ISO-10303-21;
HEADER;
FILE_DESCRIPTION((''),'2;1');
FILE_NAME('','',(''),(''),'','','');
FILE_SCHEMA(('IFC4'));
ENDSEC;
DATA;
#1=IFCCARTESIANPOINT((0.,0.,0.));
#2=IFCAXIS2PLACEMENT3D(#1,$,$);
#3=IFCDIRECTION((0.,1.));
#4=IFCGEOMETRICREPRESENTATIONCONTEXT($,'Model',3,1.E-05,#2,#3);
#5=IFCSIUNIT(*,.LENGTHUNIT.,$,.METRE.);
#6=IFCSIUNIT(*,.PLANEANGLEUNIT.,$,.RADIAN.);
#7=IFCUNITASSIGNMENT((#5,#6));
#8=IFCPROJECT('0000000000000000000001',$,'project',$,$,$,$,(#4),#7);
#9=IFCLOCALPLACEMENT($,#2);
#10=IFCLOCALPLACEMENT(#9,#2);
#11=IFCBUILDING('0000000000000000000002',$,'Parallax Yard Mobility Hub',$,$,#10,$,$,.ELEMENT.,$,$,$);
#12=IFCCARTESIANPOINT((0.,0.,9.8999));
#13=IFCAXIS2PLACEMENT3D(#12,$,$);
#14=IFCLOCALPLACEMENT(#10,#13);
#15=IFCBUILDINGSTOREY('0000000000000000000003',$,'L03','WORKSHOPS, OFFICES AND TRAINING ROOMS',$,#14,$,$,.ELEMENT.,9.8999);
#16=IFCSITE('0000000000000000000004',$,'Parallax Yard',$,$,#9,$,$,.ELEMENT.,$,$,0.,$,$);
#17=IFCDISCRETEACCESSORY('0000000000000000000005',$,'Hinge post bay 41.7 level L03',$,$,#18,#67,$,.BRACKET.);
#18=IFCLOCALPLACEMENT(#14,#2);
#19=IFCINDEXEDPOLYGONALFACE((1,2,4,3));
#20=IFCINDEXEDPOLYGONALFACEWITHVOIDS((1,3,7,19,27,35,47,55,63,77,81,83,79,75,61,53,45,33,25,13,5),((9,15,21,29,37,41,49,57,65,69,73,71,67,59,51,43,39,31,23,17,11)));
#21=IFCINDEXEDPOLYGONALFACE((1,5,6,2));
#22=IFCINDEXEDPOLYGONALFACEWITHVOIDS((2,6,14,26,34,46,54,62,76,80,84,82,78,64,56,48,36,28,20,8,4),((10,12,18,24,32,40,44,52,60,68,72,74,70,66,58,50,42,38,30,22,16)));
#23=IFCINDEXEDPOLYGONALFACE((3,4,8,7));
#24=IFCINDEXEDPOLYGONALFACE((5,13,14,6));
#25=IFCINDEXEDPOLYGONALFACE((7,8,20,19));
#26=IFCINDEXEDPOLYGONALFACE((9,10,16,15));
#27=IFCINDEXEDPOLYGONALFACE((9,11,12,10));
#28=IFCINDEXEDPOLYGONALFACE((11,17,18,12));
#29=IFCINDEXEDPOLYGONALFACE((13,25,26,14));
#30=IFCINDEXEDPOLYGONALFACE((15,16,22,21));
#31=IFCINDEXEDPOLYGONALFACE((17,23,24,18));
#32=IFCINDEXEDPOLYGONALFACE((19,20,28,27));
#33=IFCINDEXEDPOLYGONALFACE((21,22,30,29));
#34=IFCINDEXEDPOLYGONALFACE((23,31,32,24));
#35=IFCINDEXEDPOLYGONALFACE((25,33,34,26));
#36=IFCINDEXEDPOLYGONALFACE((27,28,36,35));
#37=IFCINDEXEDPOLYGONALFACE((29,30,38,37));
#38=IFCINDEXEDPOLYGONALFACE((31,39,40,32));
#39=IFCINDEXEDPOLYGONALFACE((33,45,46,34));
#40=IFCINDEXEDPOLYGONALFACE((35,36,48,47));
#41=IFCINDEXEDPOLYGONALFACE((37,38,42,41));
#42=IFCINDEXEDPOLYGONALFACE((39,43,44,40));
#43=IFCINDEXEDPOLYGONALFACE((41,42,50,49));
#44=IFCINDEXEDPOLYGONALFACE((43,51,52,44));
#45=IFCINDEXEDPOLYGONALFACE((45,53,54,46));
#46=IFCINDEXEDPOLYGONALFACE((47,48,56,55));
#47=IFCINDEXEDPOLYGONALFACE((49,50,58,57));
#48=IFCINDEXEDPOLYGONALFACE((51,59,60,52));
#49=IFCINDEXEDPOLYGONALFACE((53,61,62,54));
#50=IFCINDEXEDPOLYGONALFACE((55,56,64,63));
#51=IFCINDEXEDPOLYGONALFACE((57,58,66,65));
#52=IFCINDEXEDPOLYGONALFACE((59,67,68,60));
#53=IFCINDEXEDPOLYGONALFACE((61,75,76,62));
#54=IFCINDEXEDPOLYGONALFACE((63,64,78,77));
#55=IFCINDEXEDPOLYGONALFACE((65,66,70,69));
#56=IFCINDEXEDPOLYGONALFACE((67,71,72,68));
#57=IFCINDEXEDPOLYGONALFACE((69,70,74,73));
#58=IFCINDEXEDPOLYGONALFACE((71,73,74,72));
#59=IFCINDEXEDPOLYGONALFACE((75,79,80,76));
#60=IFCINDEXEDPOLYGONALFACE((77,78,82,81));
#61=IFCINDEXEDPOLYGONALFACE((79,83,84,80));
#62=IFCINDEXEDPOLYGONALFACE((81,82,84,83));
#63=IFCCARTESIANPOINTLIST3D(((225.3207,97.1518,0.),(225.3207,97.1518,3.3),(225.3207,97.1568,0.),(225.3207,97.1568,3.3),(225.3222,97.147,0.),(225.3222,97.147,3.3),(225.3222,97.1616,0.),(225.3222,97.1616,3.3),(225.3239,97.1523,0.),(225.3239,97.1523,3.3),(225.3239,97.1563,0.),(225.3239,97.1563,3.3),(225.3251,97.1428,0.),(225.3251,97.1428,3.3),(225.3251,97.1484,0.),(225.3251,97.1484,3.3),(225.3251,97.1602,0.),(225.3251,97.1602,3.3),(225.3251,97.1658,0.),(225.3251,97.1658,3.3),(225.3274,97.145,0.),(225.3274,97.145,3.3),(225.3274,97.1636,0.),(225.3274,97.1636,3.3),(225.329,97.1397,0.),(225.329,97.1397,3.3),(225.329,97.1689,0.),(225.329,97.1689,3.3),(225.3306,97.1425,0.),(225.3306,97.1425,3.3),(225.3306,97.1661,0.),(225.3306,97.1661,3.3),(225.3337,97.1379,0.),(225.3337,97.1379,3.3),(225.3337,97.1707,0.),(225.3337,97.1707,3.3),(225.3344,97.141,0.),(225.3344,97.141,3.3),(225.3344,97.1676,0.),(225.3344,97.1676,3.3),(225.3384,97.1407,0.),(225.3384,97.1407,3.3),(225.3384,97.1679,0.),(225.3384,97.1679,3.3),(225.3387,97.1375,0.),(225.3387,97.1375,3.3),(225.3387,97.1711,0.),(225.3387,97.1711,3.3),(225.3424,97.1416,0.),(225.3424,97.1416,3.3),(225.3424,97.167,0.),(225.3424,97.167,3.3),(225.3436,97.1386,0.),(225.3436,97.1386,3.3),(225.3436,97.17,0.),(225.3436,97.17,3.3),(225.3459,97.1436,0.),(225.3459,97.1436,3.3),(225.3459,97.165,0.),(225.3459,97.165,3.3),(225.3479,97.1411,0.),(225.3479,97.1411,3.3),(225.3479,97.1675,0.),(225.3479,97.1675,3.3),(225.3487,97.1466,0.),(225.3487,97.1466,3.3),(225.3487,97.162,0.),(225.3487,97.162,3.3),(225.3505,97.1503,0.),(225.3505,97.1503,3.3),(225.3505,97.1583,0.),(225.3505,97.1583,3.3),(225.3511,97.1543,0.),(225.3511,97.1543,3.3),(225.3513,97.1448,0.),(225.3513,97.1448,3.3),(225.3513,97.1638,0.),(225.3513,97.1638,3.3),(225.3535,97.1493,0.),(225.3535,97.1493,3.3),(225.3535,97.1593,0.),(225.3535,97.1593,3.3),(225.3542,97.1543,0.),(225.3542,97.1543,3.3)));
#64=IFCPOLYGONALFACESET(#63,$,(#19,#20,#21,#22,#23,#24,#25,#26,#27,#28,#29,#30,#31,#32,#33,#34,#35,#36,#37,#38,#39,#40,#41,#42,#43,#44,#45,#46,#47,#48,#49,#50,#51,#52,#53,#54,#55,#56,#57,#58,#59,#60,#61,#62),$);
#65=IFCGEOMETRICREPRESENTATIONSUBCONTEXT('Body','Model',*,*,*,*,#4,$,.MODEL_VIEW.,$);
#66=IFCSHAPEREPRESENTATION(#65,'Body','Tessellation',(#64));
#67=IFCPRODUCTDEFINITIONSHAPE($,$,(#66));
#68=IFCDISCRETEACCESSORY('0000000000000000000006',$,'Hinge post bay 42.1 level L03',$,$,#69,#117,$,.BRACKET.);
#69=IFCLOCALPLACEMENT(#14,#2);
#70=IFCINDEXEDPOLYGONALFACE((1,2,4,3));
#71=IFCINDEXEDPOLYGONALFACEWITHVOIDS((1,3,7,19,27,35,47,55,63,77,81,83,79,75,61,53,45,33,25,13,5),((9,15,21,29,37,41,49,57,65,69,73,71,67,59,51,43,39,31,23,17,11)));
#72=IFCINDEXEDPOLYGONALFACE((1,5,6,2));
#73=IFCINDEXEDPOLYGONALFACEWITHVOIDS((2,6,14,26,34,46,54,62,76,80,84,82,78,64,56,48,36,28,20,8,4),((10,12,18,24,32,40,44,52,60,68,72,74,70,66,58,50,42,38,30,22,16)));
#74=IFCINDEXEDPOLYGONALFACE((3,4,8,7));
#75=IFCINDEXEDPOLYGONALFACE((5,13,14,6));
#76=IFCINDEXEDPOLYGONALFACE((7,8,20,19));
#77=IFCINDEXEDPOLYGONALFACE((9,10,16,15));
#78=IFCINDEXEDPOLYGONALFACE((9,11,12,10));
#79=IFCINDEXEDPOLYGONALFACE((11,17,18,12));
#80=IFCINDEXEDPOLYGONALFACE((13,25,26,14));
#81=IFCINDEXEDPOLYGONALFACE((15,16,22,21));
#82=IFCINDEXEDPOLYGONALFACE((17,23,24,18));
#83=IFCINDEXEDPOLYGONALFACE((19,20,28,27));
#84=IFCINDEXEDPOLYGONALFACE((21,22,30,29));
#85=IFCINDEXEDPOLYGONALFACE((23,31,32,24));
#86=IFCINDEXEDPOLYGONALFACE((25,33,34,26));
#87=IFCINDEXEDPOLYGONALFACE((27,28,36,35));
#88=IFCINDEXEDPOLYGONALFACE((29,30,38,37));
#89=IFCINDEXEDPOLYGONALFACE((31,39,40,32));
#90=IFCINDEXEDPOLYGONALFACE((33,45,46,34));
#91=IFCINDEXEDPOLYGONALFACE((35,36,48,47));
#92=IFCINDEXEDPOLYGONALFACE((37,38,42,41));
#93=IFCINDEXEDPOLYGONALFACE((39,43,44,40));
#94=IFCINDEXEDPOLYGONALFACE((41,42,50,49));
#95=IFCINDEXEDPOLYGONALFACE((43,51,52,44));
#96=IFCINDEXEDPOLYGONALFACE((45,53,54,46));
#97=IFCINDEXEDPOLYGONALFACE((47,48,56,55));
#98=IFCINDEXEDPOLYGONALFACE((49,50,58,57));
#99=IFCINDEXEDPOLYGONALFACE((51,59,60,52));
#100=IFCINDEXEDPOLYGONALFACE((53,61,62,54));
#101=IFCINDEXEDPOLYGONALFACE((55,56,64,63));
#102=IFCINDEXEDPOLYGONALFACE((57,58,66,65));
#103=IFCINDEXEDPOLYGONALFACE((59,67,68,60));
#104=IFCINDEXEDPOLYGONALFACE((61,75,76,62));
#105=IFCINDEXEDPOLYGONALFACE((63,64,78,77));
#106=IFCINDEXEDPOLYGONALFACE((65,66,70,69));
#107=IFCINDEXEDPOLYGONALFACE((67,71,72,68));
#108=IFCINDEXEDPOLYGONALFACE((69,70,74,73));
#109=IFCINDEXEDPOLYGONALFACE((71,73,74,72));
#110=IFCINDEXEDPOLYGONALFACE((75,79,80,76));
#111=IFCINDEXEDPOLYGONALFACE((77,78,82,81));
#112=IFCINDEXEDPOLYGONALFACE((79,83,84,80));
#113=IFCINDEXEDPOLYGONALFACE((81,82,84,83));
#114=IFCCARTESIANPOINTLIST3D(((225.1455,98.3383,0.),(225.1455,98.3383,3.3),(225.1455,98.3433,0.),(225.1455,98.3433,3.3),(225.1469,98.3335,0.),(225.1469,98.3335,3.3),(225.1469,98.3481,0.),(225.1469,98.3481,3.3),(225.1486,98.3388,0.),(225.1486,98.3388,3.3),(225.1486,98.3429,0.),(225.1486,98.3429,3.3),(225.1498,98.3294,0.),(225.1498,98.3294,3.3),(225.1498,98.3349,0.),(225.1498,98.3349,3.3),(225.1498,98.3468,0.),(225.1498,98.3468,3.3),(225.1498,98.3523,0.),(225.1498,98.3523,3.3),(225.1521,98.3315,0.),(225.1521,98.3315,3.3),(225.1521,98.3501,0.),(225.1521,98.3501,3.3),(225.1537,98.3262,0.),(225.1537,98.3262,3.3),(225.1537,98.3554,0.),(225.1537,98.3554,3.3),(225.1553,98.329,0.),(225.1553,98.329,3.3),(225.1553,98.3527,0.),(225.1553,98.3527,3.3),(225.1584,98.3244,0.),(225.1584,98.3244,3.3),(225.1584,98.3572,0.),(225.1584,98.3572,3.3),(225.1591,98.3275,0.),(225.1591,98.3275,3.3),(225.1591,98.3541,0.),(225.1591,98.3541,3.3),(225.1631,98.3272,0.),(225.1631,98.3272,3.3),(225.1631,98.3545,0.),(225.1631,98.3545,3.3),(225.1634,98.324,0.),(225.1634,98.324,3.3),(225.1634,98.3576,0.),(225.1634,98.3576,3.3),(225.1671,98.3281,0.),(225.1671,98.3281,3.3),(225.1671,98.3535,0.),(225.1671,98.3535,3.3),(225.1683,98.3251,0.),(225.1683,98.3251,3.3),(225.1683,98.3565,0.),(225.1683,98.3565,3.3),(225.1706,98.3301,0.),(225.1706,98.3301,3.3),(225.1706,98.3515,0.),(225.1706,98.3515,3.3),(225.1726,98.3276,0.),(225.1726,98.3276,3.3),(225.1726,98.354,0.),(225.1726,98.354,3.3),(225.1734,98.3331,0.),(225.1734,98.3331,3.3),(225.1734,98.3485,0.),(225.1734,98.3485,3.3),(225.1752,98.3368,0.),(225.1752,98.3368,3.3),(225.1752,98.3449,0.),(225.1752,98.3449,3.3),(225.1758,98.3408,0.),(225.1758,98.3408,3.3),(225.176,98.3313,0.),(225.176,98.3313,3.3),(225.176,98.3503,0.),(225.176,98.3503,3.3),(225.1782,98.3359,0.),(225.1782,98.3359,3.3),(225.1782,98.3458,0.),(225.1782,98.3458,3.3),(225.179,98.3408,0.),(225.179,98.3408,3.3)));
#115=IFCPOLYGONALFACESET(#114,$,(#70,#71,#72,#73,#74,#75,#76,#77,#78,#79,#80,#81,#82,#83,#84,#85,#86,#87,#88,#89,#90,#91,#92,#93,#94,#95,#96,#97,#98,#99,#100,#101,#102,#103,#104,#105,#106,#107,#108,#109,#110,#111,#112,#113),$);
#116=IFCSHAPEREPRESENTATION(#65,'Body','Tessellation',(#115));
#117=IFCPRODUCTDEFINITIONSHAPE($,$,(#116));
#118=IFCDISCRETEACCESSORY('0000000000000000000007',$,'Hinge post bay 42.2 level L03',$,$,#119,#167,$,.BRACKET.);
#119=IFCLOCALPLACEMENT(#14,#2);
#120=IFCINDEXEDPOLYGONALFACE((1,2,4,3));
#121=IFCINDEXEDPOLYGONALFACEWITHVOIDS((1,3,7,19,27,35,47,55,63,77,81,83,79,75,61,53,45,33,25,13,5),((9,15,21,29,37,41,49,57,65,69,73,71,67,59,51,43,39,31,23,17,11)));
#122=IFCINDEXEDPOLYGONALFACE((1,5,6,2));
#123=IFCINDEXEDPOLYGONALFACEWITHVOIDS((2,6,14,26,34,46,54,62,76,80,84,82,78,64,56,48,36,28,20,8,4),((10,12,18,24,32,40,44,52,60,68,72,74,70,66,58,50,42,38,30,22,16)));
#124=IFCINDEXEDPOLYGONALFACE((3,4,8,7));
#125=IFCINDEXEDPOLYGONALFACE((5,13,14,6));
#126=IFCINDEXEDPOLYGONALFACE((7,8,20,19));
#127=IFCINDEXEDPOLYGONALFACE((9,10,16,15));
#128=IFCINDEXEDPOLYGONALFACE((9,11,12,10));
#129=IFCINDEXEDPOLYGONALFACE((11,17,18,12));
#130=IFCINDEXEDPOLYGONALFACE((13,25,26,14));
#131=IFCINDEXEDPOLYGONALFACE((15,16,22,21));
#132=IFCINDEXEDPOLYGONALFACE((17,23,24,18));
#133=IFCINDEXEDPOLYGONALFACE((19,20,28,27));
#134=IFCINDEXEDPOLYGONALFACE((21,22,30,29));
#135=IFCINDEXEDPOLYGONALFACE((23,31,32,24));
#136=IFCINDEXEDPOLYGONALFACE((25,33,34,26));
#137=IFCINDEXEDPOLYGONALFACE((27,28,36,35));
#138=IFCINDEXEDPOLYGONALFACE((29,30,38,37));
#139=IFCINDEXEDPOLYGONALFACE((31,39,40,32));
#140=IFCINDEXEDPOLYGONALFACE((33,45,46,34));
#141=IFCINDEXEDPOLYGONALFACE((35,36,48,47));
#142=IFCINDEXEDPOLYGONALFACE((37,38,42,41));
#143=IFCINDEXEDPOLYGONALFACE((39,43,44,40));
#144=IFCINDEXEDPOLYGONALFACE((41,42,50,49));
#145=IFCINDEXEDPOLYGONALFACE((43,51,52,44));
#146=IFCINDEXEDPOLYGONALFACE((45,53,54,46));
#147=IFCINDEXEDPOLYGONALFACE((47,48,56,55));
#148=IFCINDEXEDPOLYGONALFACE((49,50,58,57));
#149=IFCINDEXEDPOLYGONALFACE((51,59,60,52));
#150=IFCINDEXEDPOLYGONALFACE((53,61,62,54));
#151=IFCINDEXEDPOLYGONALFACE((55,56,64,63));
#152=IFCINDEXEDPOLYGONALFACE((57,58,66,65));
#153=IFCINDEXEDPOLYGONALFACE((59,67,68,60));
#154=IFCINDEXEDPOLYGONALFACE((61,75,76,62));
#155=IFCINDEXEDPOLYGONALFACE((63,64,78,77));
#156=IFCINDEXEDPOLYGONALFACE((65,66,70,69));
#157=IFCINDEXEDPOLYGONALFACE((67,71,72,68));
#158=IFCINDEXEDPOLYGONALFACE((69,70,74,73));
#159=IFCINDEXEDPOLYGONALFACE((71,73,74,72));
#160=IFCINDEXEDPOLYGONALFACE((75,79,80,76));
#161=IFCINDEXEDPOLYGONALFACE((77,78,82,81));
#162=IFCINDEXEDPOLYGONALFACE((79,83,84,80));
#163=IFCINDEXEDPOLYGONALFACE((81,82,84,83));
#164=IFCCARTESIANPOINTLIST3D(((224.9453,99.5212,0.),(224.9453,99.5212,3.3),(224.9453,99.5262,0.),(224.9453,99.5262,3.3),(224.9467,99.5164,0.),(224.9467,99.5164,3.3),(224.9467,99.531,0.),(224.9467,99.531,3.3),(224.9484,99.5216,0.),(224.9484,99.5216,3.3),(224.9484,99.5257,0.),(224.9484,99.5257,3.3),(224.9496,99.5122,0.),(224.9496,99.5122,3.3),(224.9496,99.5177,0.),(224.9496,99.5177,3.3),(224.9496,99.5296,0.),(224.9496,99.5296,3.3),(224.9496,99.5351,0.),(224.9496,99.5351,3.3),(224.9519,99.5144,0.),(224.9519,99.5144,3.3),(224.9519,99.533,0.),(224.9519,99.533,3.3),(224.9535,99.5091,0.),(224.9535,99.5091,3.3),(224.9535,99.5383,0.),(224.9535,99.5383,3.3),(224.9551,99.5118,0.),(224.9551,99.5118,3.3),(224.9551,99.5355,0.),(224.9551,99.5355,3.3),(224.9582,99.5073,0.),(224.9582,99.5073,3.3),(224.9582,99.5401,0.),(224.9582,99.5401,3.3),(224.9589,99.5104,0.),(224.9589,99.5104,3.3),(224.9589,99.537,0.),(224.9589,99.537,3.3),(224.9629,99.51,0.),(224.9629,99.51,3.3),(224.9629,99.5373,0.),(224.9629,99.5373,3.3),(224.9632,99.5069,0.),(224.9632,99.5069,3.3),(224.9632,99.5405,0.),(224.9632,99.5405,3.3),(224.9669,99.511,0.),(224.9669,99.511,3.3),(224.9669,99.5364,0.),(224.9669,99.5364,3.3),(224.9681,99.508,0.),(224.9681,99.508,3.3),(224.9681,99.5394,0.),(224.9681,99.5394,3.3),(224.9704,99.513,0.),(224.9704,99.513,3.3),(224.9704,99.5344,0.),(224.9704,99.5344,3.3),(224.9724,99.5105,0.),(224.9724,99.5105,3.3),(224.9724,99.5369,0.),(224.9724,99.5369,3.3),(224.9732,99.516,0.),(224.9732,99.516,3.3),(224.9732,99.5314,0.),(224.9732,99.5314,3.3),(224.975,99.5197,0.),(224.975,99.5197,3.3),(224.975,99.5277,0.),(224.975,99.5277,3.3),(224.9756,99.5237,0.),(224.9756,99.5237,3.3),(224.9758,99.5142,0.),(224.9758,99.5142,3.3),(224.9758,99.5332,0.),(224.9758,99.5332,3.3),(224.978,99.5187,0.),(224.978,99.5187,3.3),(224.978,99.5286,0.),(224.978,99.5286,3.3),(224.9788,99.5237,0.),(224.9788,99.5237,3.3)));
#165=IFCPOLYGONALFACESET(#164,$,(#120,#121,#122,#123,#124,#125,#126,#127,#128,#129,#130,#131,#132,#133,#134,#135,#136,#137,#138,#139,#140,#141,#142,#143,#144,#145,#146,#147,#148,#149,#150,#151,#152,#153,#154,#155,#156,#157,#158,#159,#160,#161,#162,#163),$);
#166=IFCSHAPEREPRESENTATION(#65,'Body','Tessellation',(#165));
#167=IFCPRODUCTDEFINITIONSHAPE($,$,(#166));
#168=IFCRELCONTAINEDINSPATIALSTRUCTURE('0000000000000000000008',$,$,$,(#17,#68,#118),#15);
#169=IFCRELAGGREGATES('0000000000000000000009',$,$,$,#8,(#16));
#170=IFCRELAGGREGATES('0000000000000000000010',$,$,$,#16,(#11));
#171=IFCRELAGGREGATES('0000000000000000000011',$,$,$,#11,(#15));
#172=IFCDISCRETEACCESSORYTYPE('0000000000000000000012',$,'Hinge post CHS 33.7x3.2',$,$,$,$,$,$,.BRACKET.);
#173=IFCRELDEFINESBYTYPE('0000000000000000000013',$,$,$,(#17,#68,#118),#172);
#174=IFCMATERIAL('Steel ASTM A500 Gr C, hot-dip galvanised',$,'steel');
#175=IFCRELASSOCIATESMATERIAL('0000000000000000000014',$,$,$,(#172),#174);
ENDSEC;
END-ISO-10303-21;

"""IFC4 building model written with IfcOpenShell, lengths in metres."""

from ifc_helpers import new_model, si_unit, direction, frame, origin, origin_2d, place, context, subcontext, project, spatial, hollow_circle, extrude, material, material_profile, profile_set, type_object, element, save


model = new_model("IFC4")

# Units and contexts
model_context = context("Model", 3, precision=1e-05, world=origin(), true_north=direction((0.0, 1.0)))
body_context = subcontext(model_context, "Body", "Model", "MODEL_VIEW")
ifc_project = project(units=[si_unit("LENGTHUNIT", "METRE"), si_unit("PLANEANGLEUNIT", "RADIAN")], contexts=[model_context])

# Site, building, storey
site_placement = place(None, origin())
site = spatial("IfcSite", under=ifc_project, at=site_placement, Name="Parallax Yard", CompositionType="ELEMENT", RefElevation=0.0)
building_placement = place(site_placement, origin())
building = spatial("IfcBuilding", under=site, at=building_placement, Name="Parallax Yard Mobility Hub", CompositionType="ELEMENT")
storey_placement = place(building_placement, frame((0.0, 0.0, 9.8999)))
storey = spatial("IfcBuildingStorey", under=building, at=storey_placement, Name="L03", Description="WORKSHOPS, OFFICES AND TRAINING ROOMS", CompositionType="ELEMENT", Elevation=9.8999)

# Discrete accessories
ifc_material_1 = material(Name="Steel ASTM A500 Gr C, hot-dip galvanised", Category="steel")
ifc_material_profile = material_profile(ifc_material_1, hollow_circle(Radius=0.0168, WallThickness=0.0032, at=origin_2d()), Name="CHS 33.7x3.2")
ifc_profile_set = profile_set([ifc_material_profile], Name="Steel ASTM A500 Gr C, hot-dip galvanised")
discrete_accessory_type_1 = type_object("IfcDiscreteAccessoryType", Name="Hinge post CHS 33.7x3.2", PredefinedType="BRACKET", material=ifc_profile_set)
for number, where, z_axis, x_axis, name in (
    (1, (225.3374, 97.1543, 0.0), (0.0, 0.0, 1.0), (1.0, 0.0, 0.0), "Hinge post bay 41.7 level L03"),
    (2, (225.1621, 98.3408, 0.0), (0.0, 0.0, 1.0), (1.0, 0.0, 0.0), "Hinge post bay 42.1 level L03"),
    (3, (224.9619, 99.5237, 0.0), (0.0, 0.0, 1.0), (1.0, 0.0, 0.0), "Hinge post bay 42.2 level L03"),
):
    element("IfcDiscreteAccessory", number, at=place(storey_placement, frame(where, z_axis=z_axis, x_axis=x_axis)), inside=storey, type_object=discrete_accessory_type_1, Name=name, PredefinedType="BRACKET", context=body_context, shape_type="SweptSolid", body=[
        extrude(hollow_circle(Radius=0.0168, WallThickness=0.0032, at=origin_2d()), origin(), (0.0, 0.0, 1.0), 3.3),
    ])

save(model, "model.ifc")
